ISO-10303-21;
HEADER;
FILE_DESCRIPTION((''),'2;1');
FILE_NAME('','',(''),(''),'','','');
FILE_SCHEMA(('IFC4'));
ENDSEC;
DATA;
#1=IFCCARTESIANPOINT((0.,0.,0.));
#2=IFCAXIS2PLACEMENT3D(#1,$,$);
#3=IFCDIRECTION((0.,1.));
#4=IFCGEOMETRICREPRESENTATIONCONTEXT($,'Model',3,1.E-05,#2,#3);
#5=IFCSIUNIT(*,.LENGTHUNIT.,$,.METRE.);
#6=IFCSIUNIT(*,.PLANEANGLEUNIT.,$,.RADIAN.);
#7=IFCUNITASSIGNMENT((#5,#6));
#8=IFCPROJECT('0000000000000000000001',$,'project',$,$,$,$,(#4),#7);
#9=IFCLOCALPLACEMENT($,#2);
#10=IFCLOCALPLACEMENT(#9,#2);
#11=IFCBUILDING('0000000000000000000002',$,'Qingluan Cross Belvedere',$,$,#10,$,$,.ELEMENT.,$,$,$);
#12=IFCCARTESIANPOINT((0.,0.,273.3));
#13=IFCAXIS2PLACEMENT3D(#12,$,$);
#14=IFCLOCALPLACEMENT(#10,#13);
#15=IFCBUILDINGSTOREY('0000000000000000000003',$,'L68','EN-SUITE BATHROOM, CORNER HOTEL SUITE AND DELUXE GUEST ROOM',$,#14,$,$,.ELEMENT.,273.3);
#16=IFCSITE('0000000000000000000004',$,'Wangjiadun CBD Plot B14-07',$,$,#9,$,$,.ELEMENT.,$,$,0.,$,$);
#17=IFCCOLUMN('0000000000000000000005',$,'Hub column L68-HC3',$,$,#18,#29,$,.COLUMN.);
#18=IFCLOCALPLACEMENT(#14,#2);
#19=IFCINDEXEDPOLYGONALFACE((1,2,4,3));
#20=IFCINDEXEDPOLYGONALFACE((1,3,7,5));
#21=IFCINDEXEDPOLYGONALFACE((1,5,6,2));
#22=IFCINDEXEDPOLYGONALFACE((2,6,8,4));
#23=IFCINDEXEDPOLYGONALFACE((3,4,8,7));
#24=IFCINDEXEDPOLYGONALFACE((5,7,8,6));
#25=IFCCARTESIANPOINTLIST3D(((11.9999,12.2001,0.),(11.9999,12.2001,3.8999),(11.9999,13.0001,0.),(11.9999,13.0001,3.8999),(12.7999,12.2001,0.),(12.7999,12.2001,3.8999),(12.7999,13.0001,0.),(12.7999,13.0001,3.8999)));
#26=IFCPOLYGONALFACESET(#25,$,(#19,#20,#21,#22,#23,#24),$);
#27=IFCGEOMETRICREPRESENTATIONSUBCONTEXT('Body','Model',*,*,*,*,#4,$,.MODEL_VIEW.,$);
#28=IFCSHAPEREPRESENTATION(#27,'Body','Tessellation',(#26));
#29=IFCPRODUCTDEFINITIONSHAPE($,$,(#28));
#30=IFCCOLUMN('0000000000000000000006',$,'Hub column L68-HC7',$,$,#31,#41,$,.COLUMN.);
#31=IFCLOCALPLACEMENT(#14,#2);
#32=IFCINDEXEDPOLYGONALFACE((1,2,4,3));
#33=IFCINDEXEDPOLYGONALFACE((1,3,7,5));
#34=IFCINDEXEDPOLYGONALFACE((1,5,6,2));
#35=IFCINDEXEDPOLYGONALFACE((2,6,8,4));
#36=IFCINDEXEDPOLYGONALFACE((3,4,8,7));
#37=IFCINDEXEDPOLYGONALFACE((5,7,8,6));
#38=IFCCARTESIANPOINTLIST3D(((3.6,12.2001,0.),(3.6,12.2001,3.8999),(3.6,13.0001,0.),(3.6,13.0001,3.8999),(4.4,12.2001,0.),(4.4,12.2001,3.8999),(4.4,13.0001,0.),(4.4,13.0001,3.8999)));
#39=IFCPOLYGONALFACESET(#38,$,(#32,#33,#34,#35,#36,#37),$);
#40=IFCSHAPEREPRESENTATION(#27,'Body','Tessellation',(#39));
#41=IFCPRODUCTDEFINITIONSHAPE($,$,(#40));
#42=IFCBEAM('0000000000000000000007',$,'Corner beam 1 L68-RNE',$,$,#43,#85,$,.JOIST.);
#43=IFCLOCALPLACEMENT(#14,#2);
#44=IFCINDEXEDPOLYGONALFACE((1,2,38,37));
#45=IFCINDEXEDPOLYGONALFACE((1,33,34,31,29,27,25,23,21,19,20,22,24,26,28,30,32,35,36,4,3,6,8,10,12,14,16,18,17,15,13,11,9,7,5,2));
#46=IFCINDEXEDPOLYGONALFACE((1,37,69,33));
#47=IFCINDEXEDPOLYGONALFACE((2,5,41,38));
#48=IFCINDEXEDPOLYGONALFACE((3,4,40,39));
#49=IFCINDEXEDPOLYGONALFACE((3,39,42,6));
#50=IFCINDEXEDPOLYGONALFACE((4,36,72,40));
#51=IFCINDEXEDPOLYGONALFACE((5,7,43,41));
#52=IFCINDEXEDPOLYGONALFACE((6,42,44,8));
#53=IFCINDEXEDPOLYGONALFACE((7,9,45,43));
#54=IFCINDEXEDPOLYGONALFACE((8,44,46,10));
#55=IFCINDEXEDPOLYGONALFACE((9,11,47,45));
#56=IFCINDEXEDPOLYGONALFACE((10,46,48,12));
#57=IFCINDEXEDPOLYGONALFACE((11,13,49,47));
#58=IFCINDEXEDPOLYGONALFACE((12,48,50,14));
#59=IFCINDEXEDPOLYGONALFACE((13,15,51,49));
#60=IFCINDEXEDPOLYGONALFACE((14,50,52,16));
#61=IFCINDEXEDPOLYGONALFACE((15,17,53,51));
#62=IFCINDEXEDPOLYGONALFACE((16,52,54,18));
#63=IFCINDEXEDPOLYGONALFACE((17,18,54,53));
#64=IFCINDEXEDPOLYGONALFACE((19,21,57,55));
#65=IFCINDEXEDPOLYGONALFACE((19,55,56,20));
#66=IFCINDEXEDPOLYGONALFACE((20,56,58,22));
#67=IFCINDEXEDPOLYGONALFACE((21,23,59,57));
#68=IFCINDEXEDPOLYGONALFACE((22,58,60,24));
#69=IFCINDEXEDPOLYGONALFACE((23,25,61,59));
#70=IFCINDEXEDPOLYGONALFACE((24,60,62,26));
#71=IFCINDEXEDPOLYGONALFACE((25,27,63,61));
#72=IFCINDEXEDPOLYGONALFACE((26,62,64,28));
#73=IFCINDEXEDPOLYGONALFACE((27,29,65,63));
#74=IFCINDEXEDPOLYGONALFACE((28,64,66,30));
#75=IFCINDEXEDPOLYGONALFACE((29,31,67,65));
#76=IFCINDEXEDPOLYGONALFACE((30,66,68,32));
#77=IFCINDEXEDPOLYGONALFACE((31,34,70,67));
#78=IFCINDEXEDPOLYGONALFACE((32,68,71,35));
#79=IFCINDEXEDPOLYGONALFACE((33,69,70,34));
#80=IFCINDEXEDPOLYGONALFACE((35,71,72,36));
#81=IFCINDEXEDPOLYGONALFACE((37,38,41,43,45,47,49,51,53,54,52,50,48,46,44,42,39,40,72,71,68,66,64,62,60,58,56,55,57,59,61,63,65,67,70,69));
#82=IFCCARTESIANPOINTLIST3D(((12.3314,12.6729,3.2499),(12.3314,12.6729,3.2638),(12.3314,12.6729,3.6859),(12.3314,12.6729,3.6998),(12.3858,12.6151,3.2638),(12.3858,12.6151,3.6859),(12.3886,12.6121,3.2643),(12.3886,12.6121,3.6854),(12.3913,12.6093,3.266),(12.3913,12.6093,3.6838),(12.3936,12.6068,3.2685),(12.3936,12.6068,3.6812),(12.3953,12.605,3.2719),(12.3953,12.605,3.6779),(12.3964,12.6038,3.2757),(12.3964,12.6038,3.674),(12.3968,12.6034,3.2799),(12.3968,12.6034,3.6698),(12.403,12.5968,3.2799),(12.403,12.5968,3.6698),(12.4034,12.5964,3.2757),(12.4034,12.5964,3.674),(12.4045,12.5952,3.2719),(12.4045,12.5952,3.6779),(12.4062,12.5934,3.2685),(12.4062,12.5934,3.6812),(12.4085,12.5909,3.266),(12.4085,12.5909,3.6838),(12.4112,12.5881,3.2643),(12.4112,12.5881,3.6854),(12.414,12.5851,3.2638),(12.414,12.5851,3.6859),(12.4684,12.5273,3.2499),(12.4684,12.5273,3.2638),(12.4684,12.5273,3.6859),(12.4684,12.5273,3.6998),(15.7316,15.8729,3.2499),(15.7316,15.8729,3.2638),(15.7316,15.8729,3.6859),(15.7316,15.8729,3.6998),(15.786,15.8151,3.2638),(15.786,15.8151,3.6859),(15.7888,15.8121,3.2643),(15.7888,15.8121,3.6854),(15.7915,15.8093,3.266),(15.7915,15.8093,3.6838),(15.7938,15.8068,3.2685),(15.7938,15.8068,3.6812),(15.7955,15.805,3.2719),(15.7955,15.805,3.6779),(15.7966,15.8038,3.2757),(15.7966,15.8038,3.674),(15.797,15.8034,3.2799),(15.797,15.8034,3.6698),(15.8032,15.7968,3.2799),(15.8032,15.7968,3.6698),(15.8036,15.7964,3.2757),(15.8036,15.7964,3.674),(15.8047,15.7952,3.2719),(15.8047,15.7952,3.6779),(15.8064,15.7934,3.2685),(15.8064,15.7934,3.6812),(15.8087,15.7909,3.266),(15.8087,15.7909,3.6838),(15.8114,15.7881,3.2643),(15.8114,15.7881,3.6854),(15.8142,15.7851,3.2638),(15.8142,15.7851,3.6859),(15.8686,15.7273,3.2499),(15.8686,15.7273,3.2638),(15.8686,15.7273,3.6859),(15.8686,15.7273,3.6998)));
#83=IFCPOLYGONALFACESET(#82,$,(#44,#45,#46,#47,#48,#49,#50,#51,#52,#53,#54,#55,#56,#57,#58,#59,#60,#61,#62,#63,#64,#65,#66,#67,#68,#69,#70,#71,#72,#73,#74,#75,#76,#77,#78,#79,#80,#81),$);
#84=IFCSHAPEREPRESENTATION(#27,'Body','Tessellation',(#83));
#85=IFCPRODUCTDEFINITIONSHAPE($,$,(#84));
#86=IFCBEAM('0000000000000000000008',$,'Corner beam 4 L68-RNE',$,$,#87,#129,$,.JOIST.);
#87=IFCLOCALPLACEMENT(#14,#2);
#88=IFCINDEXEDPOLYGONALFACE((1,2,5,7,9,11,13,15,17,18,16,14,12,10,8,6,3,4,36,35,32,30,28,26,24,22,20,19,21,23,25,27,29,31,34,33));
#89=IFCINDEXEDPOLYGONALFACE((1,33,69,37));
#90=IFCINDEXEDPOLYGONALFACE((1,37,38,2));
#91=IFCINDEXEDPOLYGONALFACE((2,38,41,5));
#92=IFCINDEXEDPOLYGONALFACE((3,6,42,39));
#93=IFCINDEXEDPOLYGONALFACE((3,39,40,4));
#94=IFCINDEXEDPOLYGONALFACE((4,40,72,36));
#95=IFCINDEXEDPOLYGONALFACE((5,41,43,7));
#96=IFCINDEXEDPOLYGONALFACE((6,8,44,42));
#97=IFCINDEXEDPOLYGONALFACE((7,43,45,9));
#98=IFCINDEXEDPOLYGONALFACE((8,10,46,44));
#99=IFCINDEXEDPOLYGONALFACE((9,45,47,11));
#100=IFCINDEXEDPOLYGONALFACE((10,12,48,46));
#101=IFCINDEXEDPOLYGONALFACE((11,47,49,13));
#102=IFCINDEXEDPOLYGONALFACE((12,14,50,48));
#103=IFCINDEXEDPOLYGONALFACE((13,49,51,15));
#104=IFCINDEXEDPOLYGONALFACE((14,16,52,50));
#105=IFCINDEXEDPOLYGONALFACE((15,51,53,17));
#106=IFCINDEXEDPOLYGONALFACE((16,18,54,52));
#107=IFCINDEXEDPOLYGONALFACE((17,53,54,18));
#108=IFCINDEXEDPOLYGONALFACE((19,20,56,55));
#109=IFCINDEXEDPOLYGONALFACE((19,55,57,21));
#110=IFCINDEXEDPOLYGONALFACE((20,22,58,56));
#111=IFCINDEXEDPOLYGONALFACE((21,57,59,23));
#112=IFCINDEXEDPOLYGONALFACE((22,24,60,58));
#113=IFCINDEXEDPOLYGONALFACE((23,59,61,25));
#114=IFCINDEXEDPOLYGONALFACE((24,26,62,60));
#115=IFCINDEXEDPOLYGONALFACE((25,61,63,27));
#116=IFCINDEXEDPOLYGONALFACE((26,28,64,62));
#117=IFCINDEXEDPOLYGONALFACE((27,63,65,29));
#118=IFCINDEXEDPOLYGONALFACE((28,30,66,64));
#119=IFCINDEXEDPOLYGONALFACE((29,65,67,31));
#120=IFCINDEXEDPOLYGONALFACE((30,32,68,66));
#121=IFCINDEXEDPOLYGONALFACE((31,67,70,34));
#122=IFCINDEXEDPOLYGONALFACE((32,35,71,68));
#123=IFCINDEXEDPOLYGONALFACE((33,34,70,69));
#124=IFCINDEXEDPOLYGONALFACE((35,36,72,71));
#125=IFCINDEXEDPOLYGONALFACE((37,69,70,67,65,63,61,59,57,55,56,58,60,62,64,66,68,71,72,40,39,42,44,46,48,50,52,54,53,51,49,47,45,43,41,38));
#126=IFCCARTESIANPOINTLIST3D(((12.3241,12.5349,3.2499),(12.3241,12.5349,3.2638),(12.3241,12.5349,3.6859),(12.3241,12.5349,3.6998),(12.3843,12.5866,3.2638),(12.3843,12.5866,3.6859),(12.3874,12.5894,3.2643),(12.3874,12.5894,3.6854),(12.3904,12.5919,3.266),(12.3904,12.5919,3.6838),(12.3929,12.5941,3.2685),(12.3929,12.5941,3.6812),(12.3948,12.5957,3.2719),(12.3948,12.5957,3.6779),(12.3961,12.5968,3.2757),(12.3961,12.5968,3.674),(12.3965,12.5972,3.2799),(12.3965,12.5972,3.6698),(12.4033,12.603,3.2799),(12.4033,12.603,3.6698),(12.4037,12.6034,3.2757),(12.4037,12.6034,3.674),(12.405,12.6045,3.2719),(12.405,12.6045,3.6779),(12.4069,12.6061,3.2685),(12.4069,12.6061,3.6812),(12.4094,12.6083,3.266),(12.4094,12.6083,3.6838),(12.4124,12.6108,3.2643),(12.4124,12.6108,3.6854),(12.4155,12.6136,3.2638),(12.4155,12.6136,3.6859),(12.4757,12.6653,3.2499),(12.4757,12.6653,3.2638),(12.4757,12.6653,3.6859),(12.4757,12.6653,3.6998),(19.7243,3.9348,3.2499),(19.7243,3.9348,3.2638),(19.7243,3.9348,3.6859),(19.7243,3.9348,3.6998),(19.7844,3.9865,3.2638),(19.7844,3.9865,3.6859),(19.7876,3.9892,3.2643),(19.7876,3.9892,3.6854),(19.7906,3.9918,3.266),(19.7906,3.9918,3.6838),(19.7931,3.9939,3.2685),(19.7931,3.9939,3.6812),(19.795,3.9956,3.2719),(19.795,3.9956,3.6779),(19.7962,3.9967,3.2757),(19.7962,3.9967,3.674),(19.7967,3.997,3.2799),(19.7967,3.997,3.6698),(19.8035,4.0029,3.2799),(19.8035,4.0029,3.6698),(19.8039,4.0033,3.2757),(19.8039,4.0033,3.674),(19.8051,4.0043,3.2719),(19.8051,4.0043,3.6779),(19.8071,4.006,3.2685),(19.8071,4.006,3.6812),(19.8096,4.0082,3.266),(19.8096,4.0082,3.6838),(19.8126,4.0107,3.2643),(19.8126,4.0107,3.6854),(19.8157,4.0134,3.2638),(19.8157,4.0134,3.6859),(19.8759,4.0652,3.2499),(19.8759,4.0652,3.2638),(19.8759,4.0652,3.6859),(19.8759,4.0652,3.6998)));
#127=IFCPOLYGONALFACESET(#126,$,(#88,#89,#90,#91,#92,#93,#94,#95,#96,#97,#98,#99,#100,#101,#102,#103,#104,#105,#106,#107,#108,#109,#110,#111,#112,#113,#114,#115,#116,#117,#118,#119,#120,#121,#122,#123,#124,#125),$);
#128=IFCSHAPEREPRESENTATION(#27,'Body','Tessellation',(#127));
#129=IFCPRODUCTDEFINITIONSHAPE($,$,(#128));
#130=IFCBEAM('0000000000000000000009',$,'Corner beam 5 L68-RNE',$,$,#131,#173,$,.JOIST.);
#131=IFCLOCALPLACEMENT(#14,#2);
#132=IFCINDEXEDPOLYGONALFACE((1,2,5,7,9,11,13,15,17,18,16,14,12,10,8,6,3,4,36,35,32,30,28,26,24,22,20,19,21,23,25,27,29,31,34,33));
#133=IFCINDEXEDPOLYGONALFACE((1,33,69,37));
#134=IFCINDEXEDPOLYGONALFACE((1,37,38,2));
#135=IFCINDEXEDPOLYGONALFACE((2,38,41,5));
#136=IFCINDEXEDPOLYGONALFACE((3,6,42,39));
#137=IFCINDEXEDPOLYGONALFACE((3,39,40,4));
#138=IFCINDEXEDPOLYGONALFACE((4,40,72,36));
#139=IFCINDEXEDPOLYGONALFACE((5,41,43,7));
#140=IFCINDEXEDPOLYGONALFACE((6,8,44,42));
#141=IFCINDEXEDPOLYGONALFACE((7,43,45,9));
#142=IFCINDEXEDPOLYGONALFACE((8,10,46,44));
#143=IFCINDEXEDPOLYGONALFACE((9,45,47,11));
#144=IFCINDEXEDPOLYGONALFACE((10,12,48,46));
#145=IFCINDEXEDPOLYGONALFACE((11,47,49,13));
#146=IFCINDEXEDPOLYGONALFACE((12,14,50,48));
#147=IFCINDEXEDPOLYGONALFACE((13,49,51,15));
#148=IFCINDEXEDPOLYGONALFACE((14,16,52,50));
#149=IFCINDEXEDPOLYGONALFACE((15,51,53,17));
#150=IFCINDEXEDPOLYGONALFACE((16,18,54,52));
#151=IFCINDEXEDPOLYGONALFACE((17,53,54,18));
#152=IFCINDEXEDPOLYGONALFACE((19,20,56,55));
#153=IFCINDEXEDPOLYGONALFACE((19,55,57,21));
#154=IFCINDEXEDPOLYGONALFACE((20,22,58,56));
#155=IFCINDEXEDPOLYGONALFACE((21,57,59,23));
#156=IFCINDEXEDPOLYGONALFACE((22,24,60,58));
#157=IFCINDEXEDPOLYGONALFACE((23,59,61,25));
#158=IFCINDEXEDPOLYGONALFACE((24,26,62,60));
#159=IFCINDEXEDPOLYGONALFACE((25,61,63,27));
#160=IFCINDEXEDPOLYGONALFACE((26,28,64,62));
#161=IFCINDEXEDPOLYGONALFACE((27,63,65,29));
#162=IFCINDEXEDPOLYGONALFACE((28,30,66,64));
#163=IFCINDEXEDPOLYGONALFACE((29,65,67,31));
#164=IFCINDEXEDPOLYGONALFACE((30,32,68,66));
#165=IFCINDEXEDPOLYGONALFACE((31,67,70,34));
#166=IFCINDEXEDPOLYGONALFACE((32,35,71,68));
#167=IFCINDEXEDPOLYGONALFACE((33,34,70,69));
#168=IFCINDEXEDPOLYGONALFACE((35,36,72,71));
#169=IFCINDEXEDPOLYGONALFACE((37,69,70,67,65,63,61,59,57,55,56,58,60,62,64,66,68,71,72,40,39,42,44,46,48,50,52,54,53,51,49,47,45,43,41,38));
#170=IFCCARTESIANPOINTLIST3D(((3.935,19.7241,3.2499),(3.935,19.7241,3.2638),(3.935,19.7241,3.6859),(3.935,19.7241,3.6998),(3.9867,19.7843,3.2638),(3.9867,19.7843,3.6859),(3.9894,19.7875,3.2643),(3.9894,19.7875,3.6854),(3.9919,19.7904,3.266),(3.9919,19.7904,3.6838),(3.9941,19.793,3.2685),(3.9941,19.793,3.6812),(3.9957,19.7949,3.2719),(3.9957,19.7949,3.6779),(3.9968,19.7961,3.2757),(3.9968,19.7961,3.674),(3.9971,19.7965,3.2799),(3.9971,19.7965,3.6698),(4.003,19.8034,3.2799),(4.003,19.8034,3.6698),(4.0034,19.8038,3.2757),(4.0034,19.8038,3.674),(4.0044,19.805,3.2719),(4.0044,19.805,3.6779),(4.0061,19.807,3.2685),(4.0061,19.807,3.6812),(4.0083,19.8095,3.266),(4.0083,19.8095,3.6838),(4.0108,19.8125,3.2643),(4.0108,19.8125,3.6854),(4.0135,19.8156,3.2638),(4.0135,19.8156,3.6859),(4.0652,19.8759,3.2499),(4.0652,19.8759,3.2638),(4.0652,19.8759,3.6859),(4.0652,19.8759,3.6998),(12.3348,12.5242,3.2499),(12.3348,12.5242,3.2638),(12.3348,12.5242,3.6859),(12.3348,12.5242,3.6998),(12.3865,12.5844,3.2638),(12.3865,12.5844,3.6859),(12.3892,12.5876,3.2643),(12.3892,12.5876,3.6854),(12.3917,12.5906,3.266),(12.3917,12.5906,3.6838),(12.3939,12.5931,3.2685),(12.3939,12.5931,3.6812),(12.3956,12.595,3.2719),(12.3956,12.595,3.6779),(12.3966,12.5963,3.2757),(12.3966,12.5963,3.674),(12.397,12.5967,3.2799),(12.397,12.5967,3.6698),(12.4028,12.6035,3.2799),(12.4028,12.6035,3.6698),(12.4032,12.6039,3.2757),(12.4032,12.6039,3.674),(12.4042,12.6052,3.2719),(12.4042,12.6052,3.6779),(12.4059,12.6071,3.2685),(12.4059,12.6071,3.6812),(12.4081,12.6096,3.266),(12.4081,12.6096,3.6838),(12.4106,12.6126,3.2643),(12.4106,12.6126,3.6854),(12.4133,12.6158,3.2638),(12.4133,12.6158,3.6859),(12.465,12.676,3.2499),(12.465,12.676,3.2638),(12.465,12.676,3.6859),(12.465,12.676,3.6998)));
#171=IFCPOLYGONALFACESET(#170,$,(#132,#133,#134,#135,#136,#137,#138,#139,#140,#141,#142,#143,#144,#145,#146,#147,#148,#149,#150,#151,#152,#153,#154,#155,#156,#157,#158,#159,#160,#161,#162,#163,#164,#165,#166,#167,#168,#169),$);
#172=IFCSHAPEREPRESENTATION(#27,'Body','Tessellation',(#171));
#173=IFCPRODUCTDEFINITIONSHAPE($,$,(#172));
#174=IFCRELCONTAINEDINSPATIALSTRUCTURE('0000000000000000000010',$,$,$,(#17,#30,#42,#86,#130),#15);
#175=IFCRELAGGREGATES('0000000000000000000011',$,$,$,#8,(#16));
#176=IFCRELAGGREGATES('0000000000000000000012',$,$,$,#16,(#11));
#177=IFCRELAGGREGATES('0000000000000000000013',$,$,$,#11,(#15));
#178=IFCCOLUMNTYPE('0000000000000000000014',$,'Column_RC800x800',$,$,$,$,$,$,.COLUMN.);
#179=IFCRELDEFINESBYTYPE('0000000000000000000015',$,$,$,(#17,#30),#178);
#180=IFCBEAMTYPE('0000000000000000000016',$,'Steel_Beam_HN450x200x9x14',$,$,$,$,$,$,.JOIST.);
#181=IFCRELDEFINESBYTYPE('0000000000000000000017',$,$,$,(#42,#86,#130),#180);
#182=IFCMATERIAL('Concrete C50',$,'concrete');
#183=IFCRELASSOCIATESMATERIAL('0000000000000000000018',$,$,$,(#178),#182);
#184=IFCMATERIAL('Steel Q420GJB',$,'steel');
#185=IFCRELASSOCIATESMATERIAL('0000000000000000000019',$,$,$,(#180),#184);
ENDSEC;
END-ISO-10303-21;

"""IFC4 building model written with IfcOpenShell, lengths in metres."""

from ifc_helpers import new_model, si_unit, direction, frame, origin, origin_2d, place, context, subcontext, project, spatial, rectangle, i_section, extrude, material, material_profile, profile_set, type_object, element, save


model = new_model("IFC4")

# Units and contexts
model_context = context("Model", 3, precision=1e-05, world=origin(), true_north=direction((0.0, 1.0)))
body_context = subcontext(model_context, "Body", "Model", "MODEL_VIEW")
ifc_project = project(units=[si_unit("LENGTHUNIT", "METRE"), si_unit("PLANEANGLEUNIT", "RADIAN")], contexts=[model_context])

# Site, building, storey
site_placement = place(None, origin())
site = spatial("IfcSite", under=ifc_project, at=site_placement, Name="Wangjiadun CBD Plot B14-07", CompositionType="ELEMENT", RefElevation=0.0)
building_placement = place(site_placement, origin())
building = spatial("IfcBuilding", under=site, at=building_placement, Name="Qingluan Cross Belvedere", CompositionType="ELEMENT")
storey_placement = place(building_placement, frame((0.0, 0.0, 273.3)))
storey = spatial("IfcBuildingStorey", under=building, at=storey_placement, Name="L68", Description="EN-SUITE BATHROOM, CORNER HOTEL SUITE AND DELUXE GUEST ROOM", CompositionType="ELEMENT", Elevation=273.3)

# Columns
ifc_material_1 = material(Name="Concrete C50", Category="concrete")
ifc_material_profile_1 = material_profile(ifc_material_1, rectangle(XDim=0.8, YDim=0.8, at=origin_2d()), Name="RC800x800")
ifc_profile_set_1 = profile_set([ifc_material_profile_1], Name="Concrete C50")
column_type = type_object("IfcColumnType", Name="Column_RC800x800", PredefinedType="COLUMN", material=ifc_profile_set_1)
for number, where, z_axis, x_axis, name in (
    (1, (12.3999, 12.6001, 0.0), (0.0, 0.0, 1.0), (1.0, 0.0, 0.0), "Hub column L68-HC3"),
    (2, (4.0, 12.6001, 0.0), (0.0, 0.0, 1.0), (1.0, 0.0, 0.0), "Hub column L68-HC7"),
):
    element("IfcColumn", number, at=place(storey_placement, frame(where, z_axis=z_axis, x_axis=x_axis)), inside=storey, type_object=column_type, Name=name, PredefinedType="COLUMN", context=body_context, shape_type="SweptSolid", body=[
        extrude(rectangle(XDim=0.8, YDim=0.8, at=origin_2d()), origin(), (0.0, 0.0, 1.0), 3.8999),
    ])

# Beams
ifc_material_2 = material(Name="Steel Q420GJB", Category="steel")
ifc_material_profile_2 = material_profile(ifc_material_2, i_section(OverallWidth=0.2, OverallDepth=0.45, WebThickness=0.009, FlangeThickness=0.0139, FilletRadius=0.0161, at=origin_2d()), Name="HN450x200x9x14")
ifc_profile_set_2 = profile_set([ifc_material_profile_2], Name="Steel Q420GJB")
beam_type_1 = type_object("IfcBeamType", Name="Steel_Beam_HN450x200x9x14", PredefinedType="JOIST", material=ifc_profile_set_2)
beam_1_placement = place(storey_placement, frame((12.3999, 12.6001, 3.4749), z_axis=(0.72822, 0.685343, 0.0), x_axis=(-0.685343, 0.72822, 0.0)))
element("IfcBeam", 3, at=beam_1_placement, inside=storey, type_object=beam_type_1, Name="Corner beam 1 L68-RNE", PredefinedType="JOIST", context=body_context, shape_type="SweptSolid", body=[
    extrude(i_section(OverallWidth=0.2, OverallDepth=0.45, WebThickness=0.009, FlangeThickness=0.0139, FilletRadius=0.0161, at=origin_2d()), origin(), (0.0, 0.0, 1.0), 4.6692),
])
beam_2_placement = place(storey_placement, frame((12.3999, 12.6001, 3.4749), z_axis=(0.652245, -0.758008, 0.0), x_axis=(0.758008, 0.652245, 0.0)))
element("IfcBeam", 4, at=beam_2_placement, inside=storey, type_object=beam_type_1, Name="Corner beam 4 L68-RNE", PredefinedType="JOIST", context=body_context, shape_type="SweptSolid", body=[
    extrude(i_section(OverallWidth=0.2, OverallDepth=0.45, WebThickness=0.009, FlangeThickness=0.0139, FilletRadius=0.0161, at=origin_2d()), origin(), (0.0, 0.0, 1.0), 11.3457),
])
beam_3_placement = place(storey_placement, frame((12.3999, 12.6001, 3.4749), z_axis=(-0.759255, 0.650793, 0.0), x_axis=(-0.650793, -0.759255, 0.0)))
element("IfcBeam", 5, at=beam_3_placement, inside=storey, type_object=beam_type_1, Name="Corner beam 5 L68-RNE", PredefinedType="JOIST", context=body_context, shape_type="SweptSolid", body=[
    extrude(i_section(OverallWidth=0.2, OverallDepth=0.45, WebThickness=0.009, FlangeThickness=0.0139, FilletRadius=0.0161, at=origin_2d()), origin(), (0.0, 0.0, 1.0), 11.0632),
])

save(model, "model.ifc")
